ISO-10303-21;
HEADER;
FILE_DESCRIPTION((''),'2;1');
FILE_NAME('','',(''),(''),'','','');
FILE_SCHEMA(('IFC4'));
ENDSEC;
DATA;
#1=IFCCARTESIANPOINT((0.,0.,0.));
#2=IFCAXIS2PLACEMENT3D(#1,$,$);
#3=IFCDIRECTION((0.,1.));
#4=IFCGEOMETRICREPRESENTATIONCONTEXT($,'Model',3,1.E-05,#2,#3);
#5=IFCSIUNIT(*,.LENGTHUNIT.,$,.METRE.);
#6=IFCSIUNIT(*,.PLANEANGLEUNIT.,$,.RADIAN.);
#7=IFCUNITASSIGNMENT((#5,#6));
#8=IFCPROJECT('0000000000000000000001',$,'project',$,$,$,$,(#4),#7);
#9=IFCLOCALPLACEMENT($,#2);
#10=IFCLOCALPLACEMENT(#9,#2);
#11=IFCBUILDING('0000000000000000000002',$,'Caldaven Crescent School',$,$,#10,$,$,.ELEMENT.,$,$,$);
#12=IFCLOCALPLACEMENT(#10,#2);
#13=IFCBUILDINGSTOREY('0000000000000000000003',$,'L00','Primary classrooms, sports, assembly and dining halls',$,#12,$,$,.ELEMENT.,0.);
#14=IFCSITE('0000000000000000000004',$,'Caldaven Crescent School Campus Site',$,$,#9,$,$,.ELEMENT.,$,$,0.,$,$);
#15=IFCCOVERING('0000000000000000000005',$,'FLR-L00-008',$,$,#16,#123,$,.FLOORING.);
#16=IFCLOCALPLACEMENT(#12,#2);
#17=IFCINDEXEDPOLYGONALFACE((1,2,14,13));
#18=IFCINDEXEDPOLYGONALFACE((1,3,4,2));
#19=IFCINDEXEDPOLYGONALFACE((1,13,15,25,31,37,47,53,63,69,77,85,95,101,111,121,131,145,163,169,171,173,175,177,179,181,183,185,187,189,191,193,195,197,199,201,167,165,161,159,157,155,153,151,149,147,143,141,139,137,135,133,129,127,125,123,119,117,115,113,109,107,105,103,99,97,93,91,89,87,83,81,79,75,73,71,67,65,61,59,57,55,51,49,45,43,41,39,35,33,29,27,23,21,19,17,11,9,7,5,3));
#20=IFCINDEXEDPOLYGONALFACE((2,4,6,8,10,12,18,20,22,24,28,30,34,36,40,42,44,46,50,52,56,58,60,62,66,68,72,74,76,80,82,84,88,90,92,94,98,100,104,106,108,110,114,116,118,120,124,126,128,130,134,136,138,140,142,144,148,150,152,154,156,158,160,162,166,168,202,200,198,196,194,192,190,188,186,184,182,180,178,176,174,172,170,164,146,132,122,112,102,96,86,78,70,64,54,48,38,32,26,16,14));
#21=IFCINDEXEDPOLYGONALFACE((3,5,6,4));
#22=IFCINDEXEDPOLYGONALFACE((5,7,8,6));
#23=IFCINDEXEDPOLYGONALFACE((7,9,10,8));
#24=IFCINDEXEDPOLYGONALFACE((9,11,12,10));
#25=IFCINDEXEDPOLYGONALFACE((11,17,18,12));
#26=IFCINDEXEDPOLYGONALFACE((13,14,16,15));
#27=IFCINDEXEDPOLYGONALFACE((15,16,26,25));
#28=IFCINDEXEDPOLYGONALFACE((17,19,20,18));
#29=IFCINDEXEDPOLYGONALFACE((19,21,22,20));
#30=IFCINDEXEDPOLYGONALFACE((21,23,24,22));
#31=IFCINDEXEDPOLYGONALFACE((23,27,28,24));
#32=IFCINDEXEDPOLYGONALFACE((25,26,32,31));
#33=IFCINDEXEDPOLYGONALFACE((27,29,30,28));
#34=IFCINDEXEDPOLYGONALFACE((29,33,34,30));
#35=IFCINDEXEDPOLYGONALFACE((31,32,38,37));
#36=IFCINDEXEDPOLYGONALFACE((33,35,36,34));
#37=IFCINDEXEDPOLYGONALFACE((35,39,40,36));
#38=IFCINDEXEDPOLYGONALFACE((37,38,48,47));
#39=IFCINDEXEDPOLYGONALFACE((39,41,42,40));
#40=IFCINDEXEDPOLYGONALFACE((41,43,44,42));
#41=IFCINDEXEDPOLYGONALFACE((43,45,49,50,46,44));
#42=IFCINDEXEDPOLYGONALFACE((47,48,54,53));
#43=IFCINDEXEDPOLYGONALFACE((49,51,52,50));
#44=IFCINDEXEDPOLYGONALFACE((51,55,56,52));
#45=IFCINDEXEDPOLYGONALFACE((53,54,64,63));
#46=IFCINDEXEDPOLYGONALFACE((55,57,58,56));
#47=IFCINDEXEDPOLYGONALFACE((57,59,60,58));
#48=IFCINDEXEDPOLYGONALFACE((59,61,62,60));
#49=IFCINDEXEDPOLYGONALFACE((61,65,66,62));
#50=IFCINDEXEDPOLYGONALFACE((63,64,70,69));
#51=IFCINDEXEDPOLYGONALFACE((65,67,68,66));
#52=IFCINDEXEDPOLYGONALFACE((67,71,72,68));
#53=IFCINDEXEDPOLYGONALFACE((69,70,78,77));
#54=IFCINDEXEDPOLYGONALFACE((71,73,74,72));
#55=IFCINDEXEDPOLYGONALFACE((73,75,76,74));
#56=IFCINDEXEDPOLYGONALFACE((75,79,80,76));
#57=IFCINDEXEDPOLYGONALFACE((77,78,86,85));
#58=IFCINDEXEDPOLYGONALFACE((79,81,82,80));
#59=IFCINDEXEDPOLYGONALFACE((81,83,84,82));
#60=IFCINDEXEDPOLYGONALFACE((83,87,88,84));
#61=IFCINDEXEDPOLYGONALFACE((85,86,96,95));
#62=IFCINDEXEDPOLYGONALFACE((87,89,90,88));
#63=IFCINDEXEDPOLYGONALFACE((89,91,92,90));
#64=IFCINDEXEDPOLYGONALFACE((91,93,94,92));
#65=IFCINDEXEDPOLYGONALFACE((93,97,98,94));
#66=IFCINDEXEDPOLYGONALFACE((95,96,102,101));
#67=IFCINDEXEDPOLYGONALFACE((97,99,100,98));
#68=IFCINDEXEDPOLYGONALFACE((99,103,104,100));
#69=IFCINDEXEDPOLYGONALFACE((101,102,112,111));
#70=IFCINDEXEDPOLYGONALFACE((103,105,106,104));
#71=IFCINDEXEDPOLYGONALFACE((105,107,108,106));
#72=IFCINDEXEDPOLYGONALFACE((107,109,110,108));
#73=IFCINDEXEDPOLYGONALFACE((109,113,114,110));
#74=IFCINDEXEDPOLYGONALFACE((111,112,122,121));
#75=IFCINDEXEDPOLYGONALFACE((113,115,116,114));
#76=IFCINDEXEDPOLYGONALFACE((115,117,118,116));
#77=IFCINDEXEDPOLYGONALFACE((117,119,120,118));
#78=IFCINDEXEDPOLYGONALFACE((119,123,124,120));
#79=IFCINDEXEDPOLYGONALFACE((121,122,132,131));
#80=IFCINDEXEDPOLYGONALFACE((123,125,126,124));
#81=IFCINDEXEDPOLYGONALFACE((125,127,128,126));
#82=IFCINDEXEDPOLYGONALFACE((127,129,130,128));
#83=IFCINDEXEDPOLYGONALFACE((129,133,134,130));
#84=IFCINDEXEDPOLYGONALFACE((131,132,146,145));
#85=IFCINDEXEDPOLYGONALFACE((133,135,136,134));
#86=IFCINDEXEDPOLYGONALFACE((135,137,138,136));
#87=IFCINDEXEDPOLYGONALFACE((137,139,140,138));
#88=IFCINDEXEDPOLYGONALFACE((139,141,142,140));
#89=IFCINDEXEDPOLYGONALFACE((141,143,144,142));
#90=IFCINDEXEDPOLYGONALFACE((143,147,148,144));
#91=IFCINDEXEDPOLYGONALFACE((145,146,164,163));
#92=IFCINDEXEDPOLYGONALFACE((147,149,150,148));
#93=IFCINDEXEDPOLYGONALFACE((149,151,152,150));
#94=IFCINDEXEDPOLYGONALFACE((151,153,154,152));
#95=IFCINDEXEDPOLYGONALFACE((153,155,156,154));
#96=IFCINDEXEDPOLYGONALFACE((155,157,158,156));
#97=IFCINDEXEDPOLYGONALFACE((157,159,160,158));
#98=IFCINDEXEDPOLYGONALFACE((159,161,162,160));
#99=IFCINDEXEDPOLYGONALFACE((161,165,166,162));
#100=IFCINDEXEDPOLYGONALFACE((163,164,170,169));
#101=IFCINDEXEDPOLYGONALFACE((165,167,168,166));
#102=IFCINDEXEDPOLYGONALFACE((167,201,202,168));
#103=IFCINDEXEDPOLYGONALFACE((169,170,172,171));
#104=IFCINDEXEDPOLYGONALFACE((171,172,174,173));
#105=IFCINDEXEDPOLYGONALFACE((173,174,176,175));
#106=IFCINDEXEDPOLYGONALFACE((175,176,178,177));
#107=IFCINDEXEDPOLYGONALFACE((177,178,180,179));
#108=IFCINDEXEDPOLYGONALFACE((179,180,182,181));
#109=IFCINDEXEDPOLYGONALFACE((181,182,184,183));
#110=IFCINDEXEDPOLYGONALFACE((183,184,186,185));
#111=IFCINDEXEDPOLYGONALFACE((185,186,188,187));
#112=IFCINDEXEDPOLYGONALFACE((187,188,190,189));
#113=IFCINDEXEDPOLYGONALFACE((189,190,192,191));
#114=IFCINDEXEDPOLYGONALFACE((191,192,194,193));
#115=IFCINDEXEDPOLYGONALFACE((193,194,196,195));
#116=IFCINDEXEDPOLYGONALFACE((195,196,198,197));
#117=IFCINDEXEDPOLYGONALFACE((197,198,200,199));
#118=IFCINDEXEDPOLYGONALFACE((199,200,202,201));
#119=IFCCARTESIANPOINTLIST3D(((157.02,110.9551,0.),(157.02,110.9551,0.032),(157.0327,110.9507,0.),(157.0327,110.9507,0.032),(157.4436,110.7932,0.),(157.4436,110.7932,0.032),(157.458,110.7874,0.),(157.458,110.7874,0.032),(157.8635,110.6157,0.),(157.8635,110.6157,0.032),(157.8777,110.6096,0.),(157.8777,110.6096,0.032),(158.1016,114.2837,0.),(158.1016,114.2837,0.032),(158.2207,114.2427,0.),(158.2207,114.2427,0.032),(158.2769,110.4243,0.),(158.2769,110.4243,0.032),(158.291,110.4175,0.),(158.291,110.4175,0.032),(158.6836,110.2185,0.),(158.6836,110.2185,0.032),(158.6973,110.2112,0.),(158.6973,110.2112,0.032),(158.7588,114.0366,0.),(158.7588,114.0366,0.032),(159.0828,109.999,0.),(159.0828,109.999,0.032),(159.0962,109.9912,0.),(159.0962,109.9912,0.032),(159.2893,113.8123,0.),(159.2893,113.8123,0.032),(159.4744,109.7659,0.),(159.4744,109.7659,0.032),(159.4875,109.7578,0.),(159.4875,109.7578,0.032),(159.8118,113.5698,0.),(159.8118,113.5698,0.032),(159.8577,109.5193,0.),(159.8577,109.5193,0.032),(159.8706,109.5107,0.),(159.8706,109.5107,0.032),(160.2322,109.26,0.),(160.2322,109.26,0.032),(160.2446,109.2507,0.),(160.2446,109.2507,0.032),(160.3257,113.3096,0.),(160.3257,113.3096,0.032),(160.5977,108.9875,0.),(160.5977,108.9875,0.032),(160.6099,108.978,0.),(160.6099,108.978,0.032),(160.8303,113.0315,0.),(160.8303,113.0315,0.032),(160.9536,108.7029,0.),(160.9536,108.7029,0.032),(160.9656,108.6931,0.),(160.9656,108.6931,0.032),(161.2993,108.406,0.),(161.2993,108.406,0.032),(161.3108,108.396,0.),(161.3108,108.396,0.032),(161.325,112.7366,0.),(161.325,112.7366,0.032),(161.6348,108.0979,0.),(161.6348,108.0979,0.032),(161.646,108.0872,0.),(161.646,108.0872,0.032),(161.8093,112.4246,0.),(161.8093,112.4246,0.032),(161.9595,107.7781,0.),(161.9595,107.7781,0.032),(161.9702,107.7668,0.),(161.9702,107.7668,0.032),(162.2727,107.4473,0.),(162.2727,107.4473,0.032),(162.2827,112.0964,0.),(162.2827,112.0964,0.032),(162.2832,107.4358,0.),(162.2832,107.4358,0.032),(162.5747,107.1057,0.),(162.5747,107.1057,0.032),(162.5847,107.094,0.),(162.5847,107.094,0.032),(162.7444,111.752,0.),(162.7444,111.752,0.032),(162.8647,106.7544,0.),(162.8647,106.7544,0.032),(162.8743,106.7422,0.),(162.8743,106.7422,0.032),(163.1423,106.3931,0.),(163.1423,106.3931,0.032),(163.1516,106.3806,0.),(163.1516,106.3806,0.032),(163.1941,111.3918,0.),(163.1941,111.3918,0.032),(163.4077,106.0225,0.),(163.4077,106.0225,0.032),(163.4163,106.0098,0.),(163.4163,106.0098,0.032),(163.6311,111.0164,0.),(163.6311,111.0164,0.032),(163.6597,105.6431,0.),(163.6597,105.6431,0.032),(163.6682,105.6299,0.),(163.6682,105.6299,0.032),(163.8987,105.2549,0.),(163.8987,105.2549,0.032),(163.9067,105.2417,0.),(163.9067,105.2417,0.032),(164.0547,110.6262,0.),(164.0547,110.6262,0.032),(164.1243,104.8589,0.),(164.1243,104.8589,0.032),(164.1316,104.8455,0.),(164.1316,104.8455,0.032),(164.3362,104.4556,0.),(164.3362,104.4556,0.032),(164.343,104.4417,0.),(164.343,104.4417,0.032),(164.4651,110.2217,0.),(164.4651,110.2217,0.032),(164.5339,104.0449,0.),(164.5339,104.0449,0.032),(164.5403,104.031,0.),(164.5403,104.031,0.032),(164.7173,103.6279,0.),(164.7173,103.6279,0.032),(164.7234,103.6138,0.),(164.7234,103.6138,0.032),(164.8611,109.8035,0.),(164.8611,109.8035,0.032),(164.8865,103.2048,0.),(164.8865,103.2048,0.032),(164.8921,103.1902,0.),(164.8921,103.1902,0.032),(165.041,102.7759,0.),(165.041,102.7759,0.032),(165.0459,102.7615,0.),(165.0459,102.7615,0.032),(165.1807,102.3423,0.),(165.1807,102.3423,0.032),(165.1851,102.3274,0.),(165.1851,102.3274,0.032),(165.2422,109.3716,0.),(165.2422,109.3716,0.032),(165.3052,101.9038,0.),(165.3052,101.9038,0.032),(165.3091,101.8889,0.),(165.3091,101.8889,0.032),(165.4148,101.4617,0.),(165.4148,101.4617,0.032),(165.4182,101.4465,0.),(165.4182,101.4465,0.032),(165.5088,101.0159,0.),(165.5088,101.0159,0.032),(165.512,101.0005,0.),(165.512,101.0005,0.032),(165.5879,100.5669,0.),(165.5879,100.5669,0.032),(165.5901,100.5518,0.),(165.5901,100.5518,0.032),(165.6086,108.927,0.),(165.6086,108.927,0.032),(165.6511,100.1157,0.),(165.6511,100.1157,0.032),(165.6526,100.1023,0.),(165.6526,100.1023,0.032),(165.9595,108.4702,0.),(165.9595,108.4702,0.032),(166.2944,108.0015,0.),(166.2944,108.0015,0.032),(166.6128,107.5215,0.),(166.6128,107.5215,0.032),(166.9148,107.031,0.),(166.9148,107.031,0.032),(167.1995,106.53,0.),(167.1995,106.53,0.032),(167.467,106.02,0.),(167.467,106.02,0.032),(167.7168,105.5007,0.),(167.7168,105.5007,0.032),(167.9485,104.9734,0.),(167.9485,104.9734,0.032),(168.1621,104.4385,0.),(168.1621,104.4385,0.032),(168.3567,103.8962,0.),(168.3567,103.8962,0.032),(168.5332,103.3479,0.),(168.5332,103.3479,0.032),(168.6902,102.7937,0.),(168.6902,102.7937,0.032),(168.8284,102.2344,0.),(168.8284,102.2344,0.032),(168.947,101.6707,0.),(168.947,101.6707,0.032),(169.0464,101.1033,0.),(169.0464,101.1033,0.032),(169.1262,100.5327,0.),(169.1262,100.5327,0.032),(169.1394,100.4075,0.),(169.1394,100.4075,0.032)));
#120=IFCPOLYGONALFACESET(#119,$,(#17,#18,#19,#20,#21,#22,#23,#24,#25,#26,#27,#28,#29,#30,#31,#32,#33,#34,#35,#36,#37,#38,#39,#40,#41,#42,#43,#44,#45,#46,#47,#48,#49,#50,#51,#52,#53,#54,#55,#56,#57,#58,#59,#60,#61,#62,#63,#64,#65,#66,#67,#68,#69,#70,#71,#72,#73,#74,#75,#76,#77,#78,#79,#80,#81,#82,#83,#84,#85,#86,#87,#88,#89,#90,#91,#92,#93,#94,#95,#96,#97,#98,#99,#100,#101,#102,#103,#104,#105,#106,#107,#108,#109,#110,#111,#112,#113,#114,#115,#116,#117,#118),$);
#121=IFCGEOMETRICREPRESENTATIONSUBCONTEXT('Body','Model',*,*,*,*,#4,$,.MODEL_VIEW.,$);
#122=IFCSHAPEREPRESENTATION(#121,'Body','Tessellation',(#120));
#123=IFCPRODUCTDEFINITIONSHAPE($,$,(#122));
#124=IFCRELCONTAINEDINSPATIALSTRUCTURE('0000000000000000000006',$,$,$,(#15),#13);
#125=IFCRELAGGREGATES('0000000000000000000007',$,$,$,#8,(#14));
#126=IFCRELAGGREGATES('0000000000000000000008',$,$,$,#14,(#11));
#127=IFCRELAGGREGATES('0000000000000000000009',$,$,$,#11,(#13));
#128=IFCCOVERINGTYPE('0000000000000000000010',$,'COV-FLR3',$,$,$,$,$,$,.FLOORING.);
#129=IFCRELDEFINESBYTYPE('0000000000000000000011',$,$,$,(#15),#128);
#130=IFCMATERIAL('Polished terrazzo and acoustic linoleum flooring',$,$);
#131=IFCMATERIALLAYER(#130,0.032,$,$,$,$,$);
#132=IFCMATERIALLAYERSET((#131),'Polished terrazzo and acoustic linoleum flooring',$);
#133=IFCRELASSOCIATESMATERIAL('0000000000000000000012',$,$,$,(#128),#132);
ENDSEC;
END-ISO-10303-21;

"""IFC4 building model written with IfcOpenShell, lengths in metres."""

from ifc_helpers import new_model, si_unit, direction, origin, place, context, subcontext, project, spatial, polyline, outline, extrude, material, layer, layer_set, type_object, element, save


model = new_model("IFC4")

# Units and contexts
model_context = context("Model", 3, precision=1e-05, world=origin(), true_north=direction((0.0, 1.0)))
body_context = subcontext(model_context, "Body", "Model", "MODEL_VIEW")
ifc_project = project(units=[si_unit("LENGTHUNIT", "METRE"), si_unit("PLANEANGLEUNIT", "RADIAN")], contexts=[model_context])

# Site, building, storey
site_placement = place(None, origin())
site = spatial("IfcSite", under=ifc_project, at=site_placement, Name="Caldaven Crescent School Campus Site", CompositionType="ELEMENT", RefElevation=0.0)
building_placement = place(site_placement, origin())
building = spatial("IfcBuilding", under=site, at=building_placement, Name="Caldaven Crescent School", CompositionType="ELEMENT")
storey_placement = place(building_placement, origin())
storey = spatial("IfcBuildingStorey", under=building, at=storey_placement, Name="L00", Description="Primary classrooms, sports, assembly and dining halls", CompositionType="ELEMENT", Elevation=0.0)

# Covering
ifc_material_1 = material(Name="Polished terrazzo and acoustic linoleum flooring")
ifc_layer_1 = layer(ifc_material_1, 0.032)
ifc_layer_set_1 = layer_set([ifc_layer_1], Name="Polished terrazzo and acoustic linoleum flooring")
covering_type_1 = type_object("IfcCoveringType", Name="COV-FLR3", PredefinedType="FLOORING", material=ifc_layer_set_1)
covering_1_placement = place(storey_placement, origin())
element("IfcCovering", 1, at=covering_1_placement, inside=storey, type_object=covering_type_1, Name="FLR-L00-008", PredefinedType="FLOORING", context=body_context, shape_type="SweptSolid", body=[
    extrude(outline(polyline([(157.02, 110.9551), (158.1016, 114.2837), (158.2207, 114.2427), (158.7588, 114.0366), (159.2893, 113.8123), (159.8118, 113.5698), (160.3257, 113.3096), (160.8303, 113.0315), (161.325, 112.7366), (161.8093, 112.4246), (162.2827, 112.0964), (162.7444, 111.752), (163.1941, 111.3918), (163.6311, 111.0164), (164.0547, 110.6262), (164.4651, 110.2217), (164.8611, 109.8035), (165.2422, 109.3716), (165.6086, 108.927), (165.9595, 108.4702), (166.2944, 108.0015), (166.6128, 107.5215), (166.9148, 107.031), (167.1995, 106.53), (167.467, 106.02), (167.7168, 105.5007), (167.9485, 104.9734), (168.1621, 104.4385), (168.3567, 103.8962), (168.5332, 103.3479), (168.6902, 102.7937), (168.8284, 102.2344), (168.947, 101.6707), (169.0464, 101.1033), (169.1262, 100.5327), (169.1394, 100.4075), (165.6526, 100.1023), (165.6511, 100.1157), (165.5901, 100.5518), (165.5879, 100.5669), (165.512, 101.0005), (165.5088, 101.0159), (165.4182, 101.4465), (165.4148, 101.4617), (165.3091, 101.8889), (165.3052, 101.9038), (165.1851, 102.3274), (165.1807, 102.3423), (165.0459, 102.7615), (165.041, 102.7759), (164.8921, 103.1902), (164.8865, 103.2048), (164.7234, 103.6138), (164.7173, 103.6279), (164.5403, 104.031), (164.5339, 104.0449), (164.343, 104.4417), (164.3362, 104.4556), (164.1316, 104.8455), (164.1243, 104.8589), (163.9067, 105.2417), (163.8987, 105.2549), (163.6682, 105.6299), (163.6597, 105.6431), (163.4163, 106.0098), (163.4077, 106.0225), (163.1516, 106.3806), (163.1423, 106.3931), (162.8743, 106.7422), (162.8647, 106.7544), (162.5847, 107.094), (162.5747, 107.1057), (162.2832, 107.4358), (162.2727, 107.4473), (161.9702, 107.7668), (161.9595, 107.7781), (161.646, 108.0872), (161.6348, 108.0979), (161.3108, 108.396), (161.2993, 108.406), (160.9656, 108.6931), (160.9536, 108.7029), (160.6099, 108.978), (160.5977, 108.9875), (160.2446, 109.2507), (160.2322, 109.26), (159.8706, 109.5107), (159.8577, 109.5193), (159.4875, 109.7578), (159.4744, 109.7659), (159.0962, 109.9912), (159.0828, 109.999), (158.6973, 110.2112), (158.6836, 110.2185), (158.291, 110.4175), (158.2769, 110.4243), (157.8777, 110.6096), (157.8635, 110.6157), (157.458, 110.7874), (157.4436, 110.7932), (157.0327, 110.9507), (157.02, 110.9551)])), origin(), (0.0, 0.0, 1.0), 0.032),
])

save(model, "model.ifc")
